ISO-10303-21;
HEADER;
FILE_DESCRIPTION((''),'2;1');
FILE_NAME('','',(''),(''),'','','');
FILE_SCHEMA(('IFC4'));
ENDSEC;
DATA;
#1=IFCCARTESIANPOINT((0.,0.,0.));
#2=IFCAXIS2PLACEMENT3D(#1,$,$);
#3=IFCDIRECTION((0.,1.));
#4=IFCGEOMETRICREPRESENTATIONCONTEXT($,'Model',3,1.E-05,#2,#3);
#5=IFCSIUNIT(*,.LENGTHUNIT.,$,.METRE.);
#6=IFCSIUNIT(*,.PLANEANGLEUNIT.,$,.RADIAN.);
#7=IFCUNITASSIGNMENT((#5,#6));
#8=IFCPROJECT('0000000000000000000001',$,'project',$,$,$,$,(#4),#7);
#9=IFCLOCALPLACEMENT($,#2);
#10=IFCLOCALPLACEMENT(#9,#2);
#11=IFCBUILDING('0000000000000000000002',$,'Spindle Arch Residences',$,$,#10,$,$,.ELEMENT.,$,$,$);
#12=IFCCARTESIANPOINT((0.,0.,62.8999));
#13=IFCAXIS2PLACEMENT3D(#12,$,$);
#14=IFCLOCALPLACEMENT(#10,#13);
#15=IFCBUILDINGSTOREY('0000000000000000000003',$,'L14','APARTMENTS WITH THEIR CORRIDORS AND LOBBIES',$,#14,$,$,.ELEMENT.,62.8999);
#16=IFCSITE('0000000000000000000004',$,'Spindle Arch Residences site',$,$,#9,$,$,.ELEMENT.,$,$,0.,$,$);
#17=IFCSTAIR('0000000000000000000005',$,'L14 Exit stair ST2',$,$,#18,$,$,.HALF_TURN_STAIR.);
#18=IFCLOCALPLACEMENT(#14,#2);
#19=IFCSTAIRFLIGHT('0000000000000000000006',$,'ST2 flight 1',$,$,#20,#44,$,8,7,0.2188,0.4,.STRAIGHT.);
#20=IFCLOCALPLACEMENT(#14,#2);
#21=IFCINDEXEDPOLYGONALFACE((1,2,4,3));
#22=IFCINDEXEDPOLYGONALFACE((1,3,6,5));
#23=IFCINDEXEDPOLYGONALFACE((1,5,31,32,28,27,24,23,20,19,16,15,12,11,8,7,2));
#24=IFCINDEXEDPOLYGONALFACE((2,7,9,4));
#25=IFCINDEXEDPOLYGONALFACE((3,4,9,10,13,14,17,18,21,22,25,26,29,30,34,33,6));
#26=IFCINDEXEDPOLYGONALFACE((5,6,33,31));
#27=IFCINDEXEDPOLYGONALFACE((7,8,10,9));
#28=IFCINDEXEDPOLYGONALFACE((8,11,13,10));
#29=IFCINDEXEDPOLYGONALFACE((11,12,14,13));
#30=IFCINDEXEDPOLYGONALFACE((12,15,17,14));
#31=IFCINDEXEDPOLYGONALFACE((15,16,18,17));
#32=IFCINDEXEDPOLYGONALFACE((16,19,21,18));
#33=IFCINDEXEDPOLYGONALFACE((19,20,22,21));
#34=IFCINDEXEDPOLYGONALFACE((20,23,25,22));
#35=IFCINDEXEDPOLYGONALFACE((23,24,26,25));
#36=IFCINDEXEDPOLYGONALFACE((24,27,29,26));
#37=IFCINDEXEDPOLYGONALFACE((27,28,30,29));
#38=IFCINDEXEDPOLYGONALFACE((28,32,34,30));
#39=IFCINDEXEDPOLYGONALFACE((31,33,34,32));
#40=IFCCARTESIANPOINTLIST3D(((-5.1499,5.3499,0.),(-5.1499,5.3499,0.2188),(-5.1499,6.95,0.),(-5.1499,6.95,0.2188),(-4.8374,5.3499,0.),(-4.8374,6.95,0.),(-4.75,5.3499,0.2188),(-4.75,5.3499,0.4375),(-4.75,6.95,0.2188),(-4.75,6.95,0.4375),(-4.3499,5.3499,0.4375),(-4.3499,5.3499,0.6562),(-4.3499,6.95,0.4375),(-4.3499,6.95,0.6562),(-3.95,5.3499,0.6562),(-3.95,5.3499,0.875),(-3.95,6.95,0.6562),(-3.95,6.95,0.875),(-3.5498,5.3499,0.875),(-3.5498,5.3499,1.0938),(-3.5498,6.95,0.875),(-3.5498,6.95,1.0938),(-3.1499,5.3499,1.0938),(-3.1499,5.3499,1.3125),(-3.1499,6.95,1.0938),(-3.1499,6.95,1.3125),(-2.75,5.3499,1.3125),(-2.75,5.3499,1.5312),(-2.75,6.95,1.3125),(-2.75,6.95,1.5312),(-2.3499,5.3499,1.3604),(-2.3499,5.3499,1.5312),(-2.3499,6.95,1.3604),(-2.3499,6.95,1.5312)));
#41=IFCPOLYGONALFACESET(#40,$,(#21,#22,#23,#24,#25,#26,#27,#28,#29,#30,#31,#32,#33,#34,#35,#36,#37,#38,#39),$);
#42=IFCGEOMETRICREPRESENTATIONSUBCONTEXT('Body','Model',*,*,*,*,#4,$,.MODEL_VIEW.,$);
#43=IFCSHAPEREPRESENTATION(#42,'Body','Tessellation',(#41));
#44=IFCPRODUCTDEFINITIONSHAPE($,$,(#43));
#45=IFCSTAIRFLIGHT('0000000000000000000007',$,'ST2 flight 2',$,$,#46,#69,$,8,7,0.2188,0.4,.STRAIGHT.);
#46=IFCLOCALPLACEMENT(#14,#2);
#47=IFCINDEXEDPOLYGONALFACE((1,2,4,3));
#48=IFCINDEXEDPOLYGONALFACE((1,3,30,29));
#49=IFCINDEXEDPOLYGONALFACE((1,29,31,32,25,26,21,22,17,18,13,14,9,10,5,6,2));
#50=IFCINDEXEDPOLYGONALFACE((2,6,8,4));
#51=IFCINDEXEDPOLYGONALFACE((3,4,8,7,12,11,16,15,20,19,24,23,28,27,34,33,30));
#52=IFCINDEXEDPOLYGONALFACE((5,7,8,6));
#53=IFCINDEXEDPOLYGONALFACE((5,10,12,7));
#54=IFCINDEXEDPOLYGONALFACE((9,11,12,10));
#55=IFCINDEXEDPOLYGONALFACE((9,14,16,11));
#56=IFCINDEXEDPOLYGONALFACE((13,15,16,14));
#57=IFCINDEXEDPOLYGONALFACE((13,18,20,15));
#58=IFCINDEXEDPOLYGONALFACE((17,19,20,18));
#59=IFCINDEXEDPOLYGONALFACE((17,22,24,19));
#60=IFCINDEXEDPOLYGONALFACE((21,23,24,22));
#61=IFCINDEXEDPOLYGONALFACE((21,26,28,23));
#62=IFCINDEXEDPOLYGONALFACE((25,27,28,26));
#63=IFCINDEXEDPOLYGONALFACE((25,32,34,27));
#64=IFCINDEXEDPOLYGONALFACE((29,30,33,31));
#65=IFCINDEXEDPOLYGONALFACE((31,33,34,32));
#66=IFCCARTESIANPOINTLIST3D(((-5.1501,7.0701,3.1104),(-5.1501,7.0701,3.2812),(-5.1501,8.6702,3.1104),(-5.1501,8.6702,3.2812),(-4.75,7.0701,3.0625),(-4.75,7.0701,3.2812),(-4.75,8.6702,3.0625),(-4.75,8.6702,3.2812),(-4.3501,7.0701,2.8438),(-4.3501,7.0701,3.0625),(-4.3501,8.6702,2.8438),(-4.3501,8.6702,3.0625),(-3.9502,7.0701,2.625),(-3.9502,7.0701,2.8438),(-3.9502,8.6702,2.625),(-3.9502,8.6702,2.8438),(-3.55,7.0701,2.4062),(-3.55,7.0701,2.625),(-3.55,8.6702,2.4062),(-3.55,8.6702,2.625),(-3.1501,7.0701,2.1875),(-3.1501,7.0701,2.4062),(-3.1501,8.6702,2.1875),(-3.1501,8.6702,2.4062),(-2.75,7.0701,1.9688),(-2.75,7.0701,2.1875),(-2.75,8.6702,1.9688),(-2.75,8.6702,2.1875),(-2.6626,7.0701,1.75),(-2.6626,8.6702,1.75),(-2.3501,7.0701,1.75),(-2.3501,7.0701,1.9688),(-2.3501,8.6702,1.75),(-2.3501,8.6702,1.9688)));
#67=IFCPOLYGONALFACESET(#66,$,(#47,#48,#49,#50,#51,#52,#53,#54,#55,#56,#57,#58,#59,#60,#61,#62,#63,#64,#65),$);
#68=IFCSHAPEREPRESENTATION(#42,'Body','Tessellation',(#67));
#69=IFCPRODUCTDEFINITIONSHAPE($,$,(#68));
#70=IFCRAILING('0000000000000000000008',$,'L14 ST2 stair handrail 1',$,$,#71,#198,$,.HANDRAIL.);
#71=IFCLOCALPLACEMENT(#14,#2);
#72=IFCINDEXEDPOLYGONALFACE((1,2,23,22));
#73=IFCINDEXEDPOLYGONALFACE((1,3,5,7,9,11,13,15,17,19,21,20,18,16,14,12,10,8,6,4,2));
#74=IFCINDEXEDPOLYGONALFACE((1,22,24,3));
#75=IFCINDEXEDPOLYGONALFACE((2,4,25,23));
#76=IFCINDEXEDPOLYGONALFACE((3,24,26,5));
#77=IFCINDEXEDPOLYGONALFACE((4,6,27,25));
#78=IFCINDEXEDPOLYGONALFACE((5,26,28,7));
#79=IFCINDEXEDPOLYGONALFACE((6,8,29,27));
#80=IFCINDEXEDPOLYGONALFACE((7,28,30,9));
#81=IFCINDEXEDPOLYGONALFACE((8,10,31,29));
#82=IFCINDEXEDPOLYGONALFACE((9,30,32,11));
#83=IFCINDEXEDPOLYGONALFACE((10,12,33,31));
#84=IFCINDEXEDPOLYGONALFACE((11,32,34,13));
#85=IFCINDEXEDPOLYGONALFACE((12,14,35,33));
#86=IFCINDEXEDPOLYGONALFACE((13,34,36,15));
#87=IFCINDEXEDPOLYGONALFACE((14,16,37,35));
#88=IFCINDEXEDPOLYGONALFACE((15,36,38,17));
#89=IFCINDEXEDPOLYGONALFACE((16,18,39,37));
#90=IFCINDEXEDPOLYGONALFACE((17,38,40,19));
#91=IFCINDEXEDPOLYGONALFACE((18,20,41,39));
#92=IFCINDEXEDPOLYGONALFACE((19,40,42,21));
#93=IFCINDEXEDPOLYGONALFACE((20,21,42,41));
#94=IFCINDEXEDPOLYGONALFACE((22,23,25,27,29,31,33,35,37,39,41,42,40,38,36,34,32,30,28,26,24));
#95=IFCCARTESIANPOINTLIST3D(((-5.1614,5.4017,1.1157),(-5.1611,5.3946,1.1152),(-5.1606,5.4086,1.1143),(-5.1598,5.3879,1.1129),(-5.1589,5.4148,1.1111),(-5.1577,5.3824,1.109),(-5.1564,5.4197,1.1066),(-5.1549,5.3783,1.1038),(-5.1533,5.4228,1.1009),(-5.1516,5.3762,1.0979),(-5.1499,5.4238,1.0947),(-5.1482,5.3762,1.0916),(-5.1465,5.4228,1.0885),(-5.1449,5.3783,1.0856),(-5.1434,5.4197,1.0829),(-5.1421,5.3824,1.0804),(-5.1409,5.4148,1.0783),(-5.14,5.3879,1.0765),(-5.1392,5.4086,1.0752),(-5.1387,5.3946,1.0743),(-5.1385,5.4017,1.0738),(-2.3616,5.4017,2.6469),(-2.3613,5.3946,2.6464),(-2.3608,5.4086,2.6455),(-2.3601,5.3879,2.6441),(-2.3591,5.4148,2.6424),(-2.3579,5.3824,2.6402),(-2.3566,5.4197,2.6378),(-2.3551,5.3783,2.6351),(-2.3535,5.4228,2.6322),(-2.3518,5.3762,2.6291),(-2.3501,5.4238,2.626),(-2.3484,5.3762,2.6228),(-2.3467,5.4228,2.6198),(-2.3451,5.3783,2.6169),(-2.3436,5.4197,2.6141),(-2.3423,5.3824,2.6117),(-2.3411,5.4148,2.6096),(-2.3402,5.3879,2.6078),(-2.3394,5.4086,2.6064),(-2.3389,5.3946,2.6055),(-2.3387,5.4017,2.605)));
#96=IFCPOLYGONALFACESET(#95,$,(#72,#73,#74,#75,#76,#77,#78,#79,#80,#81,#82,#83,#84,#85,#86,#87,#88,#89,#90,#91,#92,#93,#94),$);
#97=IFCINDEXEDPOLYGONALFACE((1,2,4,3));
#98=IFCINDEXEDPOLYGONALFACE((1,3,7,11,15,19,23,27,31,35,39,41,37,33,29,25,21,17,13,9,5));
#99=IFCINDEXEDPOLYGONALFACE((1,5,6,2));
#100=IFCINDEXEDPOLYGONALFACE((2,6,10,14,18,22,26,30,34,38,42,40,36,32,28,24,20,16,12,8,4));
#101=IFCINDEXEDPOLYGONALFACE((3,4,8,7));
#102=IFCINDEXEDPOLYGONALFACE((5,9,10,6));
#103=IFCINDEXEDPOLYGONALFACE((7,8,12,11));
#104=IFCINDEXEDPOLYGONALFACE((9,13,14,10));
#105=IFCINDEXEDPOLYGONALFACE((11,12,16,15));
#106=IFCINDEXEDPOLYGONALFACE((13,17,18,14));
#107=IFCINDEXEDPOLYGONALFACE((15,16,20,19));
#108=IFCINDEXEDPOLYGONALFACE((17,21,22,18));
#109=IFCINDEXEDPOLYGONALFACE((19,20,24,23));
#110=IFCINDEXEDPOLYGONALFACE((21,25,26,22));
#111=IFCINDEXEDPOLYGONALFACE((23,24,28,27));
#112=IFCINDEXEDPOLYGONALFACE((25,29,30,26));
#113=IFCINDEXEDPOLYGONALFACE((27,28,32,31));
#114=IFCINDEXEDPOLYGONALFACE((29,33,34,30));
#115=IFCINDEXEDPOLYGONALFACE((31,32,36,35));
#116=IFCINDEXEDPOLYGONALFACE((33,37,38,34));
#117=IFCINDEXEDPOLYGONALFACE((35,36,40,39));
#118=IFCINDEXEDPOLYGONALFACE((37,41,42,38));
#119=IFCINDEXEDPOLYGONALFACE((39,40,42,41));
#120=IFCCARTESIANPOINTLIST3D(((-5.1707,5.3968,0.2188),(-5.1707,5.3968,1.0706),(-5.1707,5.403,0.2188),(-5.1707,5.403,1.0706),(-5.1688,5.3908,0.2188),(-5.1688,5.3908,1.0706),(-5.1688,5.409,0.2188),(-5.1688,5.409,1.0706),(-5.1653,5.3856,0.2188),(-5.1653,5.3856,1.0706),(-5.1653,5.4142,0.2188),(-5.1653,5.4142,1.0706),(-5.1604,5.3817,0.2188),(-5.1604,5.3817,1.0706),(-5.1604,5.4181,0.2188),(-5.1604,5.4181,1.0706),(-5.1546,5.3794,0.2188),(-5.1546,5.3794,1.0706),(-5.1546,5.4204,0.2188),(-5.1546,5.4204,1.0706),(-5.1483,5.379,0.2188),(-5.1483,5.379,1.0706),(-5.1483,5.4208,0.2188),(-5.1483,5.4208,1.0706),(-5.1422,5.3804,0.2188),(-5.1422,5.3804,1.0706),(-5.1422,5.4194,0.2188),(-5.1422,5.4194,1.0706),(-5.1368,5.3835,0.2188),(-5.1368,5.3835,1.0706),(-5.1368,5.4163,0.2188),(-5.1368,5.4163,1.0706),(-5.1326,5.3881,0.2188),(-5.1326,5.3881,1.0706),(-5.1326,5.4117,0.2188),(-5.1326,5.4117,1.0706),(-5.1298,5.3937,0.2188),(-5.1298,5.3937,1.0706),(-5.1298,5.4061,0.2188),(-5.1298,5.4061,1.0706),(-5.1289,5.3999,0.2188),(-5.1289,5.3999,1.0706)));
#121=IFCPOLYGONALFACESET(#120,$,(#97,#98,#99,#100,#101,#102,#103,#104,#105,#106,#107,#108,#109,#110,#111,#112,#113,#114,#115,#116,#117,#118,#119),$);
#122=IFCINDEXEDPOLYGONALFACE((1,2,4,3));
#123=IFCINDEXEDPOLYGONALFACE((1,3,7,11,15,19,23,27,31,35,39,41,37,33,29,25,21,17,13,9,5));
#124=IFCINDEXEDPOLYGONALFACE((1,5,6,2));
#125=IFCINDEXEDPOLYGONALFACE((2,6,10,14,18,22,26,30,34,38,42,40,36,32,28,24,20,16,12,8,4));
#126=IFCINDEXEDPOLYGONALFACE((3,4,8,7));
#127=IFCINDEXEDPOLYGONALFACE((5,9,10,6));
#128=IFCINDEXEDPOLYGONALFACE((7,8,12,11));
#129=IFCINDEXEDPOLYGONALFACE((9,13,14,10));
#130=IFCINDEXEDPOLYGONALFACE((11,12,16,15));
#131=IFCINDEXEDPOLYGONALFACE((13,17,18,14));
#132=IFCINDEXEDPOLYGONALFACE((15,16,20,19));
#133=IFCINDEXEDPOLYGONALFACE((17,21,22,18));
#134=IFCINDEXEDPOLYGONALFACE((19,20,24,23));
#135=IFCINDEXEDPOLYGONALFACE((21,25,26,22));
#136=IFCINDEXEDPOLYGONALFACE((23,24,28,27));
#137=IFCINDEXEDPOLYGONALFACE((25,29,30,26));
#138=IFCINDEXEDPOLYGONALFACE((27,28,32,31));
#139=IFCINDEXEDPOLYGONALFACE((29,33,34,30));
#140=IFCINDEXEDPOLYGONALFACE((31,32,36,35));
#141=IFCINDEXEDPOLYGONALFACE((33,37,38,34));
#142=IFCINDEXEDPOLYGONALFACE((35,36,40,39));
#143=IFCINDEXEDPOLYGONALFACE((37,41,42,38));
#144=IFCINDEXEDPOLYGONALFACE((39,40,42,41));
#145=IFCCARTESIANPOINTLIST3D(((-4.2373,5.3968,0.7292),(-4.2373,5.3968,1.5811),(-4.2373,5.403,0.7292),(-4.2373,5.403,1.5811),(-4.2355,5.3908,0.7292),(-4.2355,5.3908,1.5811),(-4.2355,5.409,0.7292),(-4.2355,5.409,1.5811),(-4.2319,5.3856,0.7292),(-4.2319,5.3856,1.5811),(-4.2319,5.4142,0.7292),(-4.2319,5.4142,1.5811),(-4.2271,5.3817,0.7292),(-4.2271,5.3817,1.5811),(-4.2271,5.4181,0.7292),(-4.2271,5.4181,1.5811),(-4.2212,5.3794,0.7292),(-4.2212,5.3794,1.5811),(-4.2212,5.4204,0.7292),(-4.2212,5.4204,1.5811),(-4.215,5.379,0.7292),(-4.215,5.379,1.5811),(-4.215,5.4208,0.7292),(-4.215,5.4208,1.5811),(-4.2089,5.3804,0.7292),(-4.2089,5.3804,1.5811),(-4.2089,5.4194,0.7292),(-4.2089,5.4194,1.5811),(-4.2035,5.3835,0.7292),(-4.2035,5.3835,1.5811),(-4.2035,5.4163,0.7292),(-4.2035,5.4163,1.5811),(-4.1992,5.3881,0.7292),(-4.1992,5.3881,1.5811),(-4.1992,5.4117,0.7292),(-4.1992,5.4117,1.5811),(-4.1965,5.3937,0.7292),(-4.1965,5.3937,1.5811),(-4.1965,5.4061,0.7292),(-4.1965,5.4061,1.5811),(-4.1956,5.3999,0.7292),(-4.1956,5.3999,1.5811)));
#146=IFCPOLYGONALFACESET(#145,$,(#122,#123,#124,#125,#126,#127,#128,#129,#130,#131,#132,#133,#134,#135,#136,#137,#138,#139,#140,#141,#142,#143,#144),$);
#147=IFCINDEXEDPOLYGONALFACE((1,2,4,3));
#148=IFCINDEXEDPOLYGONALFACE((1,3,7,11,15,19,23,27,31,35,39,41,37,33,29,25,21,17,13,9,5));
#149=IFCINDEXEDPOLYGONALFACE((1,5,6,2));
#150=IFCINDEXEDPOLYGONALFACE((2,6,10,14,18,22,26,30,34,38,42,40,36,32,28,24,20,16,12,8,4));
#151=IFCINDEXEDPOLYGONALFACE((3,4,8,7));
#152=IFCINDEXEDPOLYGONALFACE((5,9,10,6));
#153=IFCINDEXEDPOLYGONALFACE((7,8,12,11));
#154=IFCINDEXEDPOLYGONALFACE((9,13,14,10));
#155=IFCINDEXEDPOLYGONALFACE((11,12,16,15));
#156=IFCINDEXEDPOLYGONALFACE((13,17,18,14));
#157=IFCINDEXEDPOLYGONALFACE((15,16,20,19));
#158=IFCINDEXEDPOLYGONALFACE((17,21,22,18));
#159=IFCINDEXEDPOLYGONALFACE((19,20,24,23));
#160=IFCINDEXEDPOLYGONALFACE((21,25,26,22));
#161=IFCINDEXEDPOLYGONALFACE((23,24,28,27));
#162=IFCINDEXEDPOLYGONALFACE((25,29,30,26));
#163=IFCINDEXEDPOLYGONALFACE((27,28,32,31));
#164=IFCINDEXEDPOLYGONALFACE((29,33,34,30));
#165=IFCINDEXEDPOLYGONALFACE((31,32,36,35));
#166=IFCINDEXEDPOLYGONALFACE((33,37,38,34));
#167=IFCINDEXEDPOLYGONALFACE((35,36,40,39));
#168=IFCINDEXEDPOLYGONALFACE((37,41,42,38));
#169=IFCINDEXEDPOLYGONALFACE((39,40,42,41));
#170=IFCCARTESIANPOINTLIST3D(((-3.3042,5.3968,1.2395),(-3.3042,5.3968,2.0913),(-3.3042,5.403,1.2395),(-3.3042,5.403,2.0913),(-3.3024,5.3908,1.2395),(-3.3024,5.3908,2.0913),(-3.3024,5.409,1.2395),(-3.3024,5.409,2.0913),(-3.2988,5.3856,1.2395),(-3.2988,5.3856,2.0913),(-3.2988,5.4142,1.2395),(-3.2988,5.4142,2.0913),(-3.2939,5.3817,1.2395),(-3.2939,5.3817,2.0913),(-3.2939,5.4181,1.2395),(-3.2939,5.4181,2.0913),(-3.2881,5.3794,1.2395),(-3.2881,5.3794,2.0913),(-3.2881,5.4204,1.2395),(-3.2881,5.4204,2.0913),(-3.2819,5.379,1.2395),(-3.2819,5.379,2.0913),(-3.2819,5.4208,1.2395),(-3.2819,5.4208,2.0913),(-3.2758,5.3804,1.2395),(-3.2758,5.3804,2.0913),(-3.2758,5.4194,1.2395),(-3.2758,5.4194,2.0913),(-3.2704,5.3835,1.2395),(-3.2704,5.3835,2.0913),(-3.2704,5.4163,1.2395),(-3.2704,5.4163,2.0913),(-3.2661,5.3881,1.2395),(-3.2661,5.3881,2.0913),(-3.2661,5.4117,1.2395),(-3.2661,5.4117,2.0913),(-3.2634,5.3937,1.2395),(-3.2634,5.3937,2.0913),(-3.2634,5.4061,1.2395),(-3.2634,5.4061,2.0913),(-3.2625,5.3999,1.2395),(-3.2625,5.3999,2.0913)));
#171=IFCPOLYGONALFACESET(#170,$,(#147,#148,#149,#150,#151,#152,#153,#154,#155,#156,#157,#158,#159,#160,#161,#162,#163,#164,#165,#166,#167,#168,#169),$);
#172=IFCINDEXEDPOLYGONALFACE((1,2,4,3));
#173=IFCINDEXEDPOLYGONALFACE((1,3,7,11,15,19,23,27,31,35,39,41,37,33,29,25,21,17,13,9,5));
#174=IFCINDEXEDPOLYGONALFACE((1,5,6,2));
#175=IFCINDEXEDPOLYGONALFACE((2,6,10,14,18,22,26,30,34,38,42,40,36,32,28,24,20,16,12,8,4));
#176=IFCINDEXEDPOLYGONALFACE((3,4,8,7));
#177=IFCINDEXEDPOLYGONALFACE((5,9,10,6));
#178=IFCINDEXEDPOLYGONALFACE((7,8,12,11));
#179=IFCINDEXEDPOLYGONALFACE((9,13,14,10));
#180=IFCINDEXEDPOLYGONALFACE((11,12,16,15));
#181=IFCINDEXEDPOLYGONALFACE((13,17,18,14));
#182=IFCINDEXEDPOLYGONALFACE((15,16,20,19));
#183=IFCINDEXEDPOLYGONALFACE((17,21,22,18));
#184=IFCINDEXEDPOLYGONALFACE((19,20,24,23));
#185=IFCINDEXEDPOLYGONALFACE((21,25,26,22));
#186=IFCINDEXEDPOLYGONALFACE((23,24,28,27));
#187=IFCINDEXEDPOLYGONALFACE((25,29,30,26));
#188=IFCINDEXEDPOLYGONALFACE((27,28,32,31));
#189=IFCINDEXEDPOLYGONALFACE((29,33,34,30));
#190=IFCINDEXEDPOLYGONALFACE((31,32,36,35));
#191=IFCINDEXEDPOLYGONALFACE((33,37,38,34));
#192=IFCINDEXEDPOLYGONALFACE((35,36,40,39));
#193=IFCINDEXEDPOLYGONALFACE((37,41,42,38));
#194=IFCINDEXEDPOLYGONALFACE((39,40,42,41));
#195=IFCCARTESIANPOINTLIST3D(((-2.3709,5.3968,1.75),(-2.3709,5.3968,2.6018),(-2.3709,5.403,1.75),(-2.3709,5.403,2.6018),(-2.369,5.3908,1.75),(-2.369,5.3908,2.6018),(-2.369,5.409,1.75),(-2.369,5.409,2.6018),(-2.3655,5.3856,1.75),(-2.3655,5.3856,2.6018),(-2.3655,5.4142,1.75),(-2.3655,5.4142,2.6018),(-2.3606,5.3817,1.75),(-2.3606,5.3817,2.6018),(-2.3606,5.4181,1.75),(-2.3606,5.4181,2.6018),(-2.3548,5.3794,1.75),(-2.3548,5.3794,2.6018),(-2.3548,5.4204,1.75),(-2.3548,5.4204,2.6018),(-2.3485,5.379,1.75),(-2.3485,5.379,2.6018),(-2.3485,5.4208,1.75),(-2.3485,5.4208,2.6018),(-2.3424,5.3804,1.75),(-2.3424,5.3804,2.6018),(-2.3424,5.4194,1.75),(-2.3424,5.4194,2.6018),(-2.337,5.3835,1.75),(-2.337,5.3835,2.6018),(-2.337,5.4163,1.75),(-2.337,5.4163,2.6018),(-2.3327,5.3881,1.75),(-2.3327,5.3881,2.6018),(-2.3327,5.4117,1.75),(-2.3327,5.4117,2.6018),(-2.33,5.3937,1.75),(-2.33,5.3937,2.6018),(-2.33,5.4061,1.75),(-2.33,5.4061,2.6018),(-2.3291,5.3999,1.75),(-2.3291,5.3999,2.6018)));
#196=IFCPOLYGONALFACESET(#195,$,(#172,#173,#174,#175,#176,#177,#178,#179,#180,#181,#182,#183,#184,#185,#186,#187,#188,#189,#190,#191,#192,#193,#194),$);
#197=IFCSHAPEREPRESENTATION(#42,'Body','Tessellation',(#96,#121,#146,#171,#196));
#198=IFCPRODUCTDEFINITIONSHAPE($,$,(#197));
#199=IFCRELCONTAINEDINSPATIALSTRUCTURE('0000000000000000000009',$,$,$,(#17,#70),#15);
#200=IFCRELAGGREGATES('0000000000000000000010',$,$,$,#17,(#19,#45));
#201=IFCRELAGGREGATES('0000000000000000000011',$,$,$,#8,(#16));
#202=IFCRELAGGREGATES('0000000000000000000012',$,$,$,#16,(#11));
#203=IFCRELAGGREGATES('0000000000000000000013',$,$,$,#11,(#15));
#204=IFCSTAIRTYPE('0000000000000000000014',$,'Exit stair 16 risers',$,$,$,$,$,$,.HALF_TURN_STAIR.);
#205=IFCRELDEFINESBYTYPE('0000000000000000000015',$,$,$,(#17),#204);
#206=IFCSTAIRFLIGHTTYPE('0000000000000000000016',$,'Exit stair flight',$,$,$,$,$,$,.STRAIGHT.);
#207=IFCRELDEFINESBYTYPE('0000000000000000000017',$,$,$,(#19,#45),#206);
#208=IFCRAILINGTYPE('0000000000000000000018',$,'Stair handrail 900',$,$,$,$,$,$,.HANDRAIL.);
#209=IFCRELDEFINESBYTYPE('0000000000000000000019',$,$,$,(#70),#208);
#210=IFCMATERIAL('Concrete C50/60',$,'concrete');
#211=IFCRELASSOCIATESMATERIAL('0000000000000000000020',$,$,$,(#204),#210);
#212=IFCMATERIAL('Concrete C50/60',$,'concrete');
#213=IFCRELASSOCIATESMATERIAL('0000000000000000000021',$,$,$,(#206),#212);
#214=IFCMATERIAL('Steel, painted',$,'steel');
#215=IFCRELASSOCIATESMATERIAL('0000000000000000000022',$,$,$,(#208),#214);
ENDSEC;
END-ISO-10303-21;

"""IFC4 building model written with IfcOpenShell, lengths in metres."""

from ifc_helpers import new_model, si_unit, direction, frame, origin, origin_2d, place, context, subcontext, project, spatial, polyline, circle, outline, extrude, material, type_object, element, aggregate, save


model = new_model("IFC4")

# Units and contexts
model_context = context("Model", 3, precision=1e-05, world=origin(), true_north=direction((0.0, 1.0)))
body_context = subcontext(model_context, "Body", "Model", "MODEL_VIEW")
ifc_project = project(units=[si_unit("LENGTHUNIT", "METRE"), si_unit("PLANEANGLEUNIT", "RADIAN")], contexts=[model_context])

# Site, building, storey
site_placement = place(None, origin())
site = spatial("IfcSite", under=ifc_project, at=site_placement, Name="Spindle Arch Residences site", CompositionType="ELEMENT", RefElevation=0.0)
building_placement = place(site_placement, origin())
building = spatial("IfcBuilding", under=site, at=building_placement, Name="Spindle Arch Residences", CompositionType="ELEMENT")
storey_placement = place(building_placement, frame((0.0, 0.0, 62.8999)))
storey = spatial("IfcBuildingStorey", under=building, at=storey_placement, Name="L14", Description="APARTMENTS WITH THEIR CORRIDORS AND LOBBIES", CompositionType="ELEMENT", Elevation=62.8999)

# Stair, stair flights
ifc_material_1 = material(Name="Concrete C50/60", Category="concrete")
stair_type = type_object("IfcStairType", Name="Exit stair 16 risers", PredefinedType="HALF_TURN_STAIR", material=ifc_material_1)
stair_placement = place(storey_placement, origin())
stair = element("IfcStair", 1, at=stair_placement, inside=storey, type_object=stair_type, Name="L14 Exit stair ST2", PredefinedType="HALF_TURN_STAIR")
ifc_material_2 = material(Name="Concrete C50/60", Category="concrete")
stair_flight_type = type_object("IfcStairFlightType", Name="Exit stair flight", PredefinedType="STRAIGHT", material=ifc_material_2)
stair_flight_1_placement = place(storey_placement, frame((-5.1499, 6.1499, 0.0), z_axis=(0.0, 0.0, 1.0), x_axis=(1.0, 0.0, 0.0)))
stair_flight_1 = element("IfcStairFlight", 2, at=stair_flight_1_placement, type_object=stair_flight_type, Name="ST2 flight 1", NumberOfRisers=8, NumberOfTreads=7, PredefinedType="STRAIGHT", RiserHeight=0.2188, TreadLength=0.4, context=body_context, shape_type="SweptSolid", body=[
    extrude(outline(polyline([(0.0, 0.0), (0.0, 0.2188), (0.3999, 0.2188), (0.3999, 0.4375), (0.8, 0.4375), (0.8, 0.6562), (1.2, 0.6562), (1.2, 0.875), (1.6001, 0.875), (1.6001, 1.0938), (2.0, 1.0938), (2.0, 1.3125), (2.3999, 1.3125), (2.3999, 1.5312), (2.8, 1.5312), (2.8, 1.75), (2.8, 1.3604), (0.3125, 0.0), (0.0, 0.0)])), frame((0.0, 0.8, 0.0), z_axis=(0.0, -1.0, 0.0), x_axis=(1.0, 0.0, 0.0)), (0.0, 0.0, 1.0), 1.6001),
])
stair_flight_2_placement = place(storey_placement, frame((-2.3501, 7.8701, 1.75), z_axis=(0.0, 0.0, 1.0), x_axis=(-1.0, 0.0, 0.0)))
stair_flight_2 = element("IfcStairFlight", 3, at=stair_flight_2_placement, type_object=stair_flight_type, Name="ST2 flight 2", NumberOfRisers=8, NumberOfTreads=7, PredefinedType="STRAIGHT", RiserHeight=0.2188, TreadLength=0.4, context=body_context, shape_type="SweptSolid", body=[
    extrude(outline(polyline([(0.0, 0.0), (0.0, 0.2188), (0.3999, 0.2188), (0.3999, 0.4375), (0.8, 0.4375), (0.8, 0.6562), (1.2, 0.6562), (1.2, 0.875), (1.6001, 0.875), (1.6001, 1.0938), (2.0, 1.0938), (2.0, 1.3125), (2.3999, 1.3125), (2.3999, 1.5312), (2.8, 1.5312), (2.8, 1.75), (2.8, 1.3604), (0.3125, 0.0), (0.0, 0.0)])), frame((0.0, 0.8, 0.0), z_axis=(0.0, -1.0, 0.0), x_axis=(1.0, 0.0, 0.0)), (0.0, 0.0, 1.0), 1.6001),
])
aggregate(stair, [stair_flight_1, stair_flight_2])

# Railing
ifc_material_3 = material(Name="Steel, painted", Category="steel")
railing_type_1 = type_object("IfcRailingType", Name="Stair handrail 900", PredefinedType="HANDRAIL", material=ifc_material_3)
railing_1_placement = place(storey_placement, frame((-5.1499, 5.3999, 0.2188)))
element("IfcRailing", 4, at=railing_1_placement, inside=storey, type_object=railing_type_1, Name="L14 ST2 stair handrail 1", PredefinedType="HANDRAIL", context=body_context, shape_type="SweptSolid", body=[
    extrude(circle(Radius=0.0239, at=origin_2d()), frame((0.0, 0.0, 0.876), z_axis=(0.877357, 0.0, 0.479838), x_axis=(0.0, 1.0, 0.0)), (0.0, 0.0, 1.0), 3.1912),
    extrude(circle(Radius=0.021, at=origin_2d()), origin(), (0.0, 0.0, 1.0), 0.8518),
    extrude(circle(Radius=0.021, at=origin_2d()), frame((0.9333, 0.0, 0.5105)), (0.0, 0.0, 1.0), 0.8518),
    extrude(circle(Radius=0.021, at=origin_2d()), frame((1.8665, 0.0, 1.0208)), (0.0, 0.0, 1.0), 0.8518),
    extrude(circle(Radius=0.021, at=origin_2d()), frame((2.7998, 0.0, 1.5312)), (0.0, 0.0, 1.0), 0.8518),
])

save(model, "model.ifc")
